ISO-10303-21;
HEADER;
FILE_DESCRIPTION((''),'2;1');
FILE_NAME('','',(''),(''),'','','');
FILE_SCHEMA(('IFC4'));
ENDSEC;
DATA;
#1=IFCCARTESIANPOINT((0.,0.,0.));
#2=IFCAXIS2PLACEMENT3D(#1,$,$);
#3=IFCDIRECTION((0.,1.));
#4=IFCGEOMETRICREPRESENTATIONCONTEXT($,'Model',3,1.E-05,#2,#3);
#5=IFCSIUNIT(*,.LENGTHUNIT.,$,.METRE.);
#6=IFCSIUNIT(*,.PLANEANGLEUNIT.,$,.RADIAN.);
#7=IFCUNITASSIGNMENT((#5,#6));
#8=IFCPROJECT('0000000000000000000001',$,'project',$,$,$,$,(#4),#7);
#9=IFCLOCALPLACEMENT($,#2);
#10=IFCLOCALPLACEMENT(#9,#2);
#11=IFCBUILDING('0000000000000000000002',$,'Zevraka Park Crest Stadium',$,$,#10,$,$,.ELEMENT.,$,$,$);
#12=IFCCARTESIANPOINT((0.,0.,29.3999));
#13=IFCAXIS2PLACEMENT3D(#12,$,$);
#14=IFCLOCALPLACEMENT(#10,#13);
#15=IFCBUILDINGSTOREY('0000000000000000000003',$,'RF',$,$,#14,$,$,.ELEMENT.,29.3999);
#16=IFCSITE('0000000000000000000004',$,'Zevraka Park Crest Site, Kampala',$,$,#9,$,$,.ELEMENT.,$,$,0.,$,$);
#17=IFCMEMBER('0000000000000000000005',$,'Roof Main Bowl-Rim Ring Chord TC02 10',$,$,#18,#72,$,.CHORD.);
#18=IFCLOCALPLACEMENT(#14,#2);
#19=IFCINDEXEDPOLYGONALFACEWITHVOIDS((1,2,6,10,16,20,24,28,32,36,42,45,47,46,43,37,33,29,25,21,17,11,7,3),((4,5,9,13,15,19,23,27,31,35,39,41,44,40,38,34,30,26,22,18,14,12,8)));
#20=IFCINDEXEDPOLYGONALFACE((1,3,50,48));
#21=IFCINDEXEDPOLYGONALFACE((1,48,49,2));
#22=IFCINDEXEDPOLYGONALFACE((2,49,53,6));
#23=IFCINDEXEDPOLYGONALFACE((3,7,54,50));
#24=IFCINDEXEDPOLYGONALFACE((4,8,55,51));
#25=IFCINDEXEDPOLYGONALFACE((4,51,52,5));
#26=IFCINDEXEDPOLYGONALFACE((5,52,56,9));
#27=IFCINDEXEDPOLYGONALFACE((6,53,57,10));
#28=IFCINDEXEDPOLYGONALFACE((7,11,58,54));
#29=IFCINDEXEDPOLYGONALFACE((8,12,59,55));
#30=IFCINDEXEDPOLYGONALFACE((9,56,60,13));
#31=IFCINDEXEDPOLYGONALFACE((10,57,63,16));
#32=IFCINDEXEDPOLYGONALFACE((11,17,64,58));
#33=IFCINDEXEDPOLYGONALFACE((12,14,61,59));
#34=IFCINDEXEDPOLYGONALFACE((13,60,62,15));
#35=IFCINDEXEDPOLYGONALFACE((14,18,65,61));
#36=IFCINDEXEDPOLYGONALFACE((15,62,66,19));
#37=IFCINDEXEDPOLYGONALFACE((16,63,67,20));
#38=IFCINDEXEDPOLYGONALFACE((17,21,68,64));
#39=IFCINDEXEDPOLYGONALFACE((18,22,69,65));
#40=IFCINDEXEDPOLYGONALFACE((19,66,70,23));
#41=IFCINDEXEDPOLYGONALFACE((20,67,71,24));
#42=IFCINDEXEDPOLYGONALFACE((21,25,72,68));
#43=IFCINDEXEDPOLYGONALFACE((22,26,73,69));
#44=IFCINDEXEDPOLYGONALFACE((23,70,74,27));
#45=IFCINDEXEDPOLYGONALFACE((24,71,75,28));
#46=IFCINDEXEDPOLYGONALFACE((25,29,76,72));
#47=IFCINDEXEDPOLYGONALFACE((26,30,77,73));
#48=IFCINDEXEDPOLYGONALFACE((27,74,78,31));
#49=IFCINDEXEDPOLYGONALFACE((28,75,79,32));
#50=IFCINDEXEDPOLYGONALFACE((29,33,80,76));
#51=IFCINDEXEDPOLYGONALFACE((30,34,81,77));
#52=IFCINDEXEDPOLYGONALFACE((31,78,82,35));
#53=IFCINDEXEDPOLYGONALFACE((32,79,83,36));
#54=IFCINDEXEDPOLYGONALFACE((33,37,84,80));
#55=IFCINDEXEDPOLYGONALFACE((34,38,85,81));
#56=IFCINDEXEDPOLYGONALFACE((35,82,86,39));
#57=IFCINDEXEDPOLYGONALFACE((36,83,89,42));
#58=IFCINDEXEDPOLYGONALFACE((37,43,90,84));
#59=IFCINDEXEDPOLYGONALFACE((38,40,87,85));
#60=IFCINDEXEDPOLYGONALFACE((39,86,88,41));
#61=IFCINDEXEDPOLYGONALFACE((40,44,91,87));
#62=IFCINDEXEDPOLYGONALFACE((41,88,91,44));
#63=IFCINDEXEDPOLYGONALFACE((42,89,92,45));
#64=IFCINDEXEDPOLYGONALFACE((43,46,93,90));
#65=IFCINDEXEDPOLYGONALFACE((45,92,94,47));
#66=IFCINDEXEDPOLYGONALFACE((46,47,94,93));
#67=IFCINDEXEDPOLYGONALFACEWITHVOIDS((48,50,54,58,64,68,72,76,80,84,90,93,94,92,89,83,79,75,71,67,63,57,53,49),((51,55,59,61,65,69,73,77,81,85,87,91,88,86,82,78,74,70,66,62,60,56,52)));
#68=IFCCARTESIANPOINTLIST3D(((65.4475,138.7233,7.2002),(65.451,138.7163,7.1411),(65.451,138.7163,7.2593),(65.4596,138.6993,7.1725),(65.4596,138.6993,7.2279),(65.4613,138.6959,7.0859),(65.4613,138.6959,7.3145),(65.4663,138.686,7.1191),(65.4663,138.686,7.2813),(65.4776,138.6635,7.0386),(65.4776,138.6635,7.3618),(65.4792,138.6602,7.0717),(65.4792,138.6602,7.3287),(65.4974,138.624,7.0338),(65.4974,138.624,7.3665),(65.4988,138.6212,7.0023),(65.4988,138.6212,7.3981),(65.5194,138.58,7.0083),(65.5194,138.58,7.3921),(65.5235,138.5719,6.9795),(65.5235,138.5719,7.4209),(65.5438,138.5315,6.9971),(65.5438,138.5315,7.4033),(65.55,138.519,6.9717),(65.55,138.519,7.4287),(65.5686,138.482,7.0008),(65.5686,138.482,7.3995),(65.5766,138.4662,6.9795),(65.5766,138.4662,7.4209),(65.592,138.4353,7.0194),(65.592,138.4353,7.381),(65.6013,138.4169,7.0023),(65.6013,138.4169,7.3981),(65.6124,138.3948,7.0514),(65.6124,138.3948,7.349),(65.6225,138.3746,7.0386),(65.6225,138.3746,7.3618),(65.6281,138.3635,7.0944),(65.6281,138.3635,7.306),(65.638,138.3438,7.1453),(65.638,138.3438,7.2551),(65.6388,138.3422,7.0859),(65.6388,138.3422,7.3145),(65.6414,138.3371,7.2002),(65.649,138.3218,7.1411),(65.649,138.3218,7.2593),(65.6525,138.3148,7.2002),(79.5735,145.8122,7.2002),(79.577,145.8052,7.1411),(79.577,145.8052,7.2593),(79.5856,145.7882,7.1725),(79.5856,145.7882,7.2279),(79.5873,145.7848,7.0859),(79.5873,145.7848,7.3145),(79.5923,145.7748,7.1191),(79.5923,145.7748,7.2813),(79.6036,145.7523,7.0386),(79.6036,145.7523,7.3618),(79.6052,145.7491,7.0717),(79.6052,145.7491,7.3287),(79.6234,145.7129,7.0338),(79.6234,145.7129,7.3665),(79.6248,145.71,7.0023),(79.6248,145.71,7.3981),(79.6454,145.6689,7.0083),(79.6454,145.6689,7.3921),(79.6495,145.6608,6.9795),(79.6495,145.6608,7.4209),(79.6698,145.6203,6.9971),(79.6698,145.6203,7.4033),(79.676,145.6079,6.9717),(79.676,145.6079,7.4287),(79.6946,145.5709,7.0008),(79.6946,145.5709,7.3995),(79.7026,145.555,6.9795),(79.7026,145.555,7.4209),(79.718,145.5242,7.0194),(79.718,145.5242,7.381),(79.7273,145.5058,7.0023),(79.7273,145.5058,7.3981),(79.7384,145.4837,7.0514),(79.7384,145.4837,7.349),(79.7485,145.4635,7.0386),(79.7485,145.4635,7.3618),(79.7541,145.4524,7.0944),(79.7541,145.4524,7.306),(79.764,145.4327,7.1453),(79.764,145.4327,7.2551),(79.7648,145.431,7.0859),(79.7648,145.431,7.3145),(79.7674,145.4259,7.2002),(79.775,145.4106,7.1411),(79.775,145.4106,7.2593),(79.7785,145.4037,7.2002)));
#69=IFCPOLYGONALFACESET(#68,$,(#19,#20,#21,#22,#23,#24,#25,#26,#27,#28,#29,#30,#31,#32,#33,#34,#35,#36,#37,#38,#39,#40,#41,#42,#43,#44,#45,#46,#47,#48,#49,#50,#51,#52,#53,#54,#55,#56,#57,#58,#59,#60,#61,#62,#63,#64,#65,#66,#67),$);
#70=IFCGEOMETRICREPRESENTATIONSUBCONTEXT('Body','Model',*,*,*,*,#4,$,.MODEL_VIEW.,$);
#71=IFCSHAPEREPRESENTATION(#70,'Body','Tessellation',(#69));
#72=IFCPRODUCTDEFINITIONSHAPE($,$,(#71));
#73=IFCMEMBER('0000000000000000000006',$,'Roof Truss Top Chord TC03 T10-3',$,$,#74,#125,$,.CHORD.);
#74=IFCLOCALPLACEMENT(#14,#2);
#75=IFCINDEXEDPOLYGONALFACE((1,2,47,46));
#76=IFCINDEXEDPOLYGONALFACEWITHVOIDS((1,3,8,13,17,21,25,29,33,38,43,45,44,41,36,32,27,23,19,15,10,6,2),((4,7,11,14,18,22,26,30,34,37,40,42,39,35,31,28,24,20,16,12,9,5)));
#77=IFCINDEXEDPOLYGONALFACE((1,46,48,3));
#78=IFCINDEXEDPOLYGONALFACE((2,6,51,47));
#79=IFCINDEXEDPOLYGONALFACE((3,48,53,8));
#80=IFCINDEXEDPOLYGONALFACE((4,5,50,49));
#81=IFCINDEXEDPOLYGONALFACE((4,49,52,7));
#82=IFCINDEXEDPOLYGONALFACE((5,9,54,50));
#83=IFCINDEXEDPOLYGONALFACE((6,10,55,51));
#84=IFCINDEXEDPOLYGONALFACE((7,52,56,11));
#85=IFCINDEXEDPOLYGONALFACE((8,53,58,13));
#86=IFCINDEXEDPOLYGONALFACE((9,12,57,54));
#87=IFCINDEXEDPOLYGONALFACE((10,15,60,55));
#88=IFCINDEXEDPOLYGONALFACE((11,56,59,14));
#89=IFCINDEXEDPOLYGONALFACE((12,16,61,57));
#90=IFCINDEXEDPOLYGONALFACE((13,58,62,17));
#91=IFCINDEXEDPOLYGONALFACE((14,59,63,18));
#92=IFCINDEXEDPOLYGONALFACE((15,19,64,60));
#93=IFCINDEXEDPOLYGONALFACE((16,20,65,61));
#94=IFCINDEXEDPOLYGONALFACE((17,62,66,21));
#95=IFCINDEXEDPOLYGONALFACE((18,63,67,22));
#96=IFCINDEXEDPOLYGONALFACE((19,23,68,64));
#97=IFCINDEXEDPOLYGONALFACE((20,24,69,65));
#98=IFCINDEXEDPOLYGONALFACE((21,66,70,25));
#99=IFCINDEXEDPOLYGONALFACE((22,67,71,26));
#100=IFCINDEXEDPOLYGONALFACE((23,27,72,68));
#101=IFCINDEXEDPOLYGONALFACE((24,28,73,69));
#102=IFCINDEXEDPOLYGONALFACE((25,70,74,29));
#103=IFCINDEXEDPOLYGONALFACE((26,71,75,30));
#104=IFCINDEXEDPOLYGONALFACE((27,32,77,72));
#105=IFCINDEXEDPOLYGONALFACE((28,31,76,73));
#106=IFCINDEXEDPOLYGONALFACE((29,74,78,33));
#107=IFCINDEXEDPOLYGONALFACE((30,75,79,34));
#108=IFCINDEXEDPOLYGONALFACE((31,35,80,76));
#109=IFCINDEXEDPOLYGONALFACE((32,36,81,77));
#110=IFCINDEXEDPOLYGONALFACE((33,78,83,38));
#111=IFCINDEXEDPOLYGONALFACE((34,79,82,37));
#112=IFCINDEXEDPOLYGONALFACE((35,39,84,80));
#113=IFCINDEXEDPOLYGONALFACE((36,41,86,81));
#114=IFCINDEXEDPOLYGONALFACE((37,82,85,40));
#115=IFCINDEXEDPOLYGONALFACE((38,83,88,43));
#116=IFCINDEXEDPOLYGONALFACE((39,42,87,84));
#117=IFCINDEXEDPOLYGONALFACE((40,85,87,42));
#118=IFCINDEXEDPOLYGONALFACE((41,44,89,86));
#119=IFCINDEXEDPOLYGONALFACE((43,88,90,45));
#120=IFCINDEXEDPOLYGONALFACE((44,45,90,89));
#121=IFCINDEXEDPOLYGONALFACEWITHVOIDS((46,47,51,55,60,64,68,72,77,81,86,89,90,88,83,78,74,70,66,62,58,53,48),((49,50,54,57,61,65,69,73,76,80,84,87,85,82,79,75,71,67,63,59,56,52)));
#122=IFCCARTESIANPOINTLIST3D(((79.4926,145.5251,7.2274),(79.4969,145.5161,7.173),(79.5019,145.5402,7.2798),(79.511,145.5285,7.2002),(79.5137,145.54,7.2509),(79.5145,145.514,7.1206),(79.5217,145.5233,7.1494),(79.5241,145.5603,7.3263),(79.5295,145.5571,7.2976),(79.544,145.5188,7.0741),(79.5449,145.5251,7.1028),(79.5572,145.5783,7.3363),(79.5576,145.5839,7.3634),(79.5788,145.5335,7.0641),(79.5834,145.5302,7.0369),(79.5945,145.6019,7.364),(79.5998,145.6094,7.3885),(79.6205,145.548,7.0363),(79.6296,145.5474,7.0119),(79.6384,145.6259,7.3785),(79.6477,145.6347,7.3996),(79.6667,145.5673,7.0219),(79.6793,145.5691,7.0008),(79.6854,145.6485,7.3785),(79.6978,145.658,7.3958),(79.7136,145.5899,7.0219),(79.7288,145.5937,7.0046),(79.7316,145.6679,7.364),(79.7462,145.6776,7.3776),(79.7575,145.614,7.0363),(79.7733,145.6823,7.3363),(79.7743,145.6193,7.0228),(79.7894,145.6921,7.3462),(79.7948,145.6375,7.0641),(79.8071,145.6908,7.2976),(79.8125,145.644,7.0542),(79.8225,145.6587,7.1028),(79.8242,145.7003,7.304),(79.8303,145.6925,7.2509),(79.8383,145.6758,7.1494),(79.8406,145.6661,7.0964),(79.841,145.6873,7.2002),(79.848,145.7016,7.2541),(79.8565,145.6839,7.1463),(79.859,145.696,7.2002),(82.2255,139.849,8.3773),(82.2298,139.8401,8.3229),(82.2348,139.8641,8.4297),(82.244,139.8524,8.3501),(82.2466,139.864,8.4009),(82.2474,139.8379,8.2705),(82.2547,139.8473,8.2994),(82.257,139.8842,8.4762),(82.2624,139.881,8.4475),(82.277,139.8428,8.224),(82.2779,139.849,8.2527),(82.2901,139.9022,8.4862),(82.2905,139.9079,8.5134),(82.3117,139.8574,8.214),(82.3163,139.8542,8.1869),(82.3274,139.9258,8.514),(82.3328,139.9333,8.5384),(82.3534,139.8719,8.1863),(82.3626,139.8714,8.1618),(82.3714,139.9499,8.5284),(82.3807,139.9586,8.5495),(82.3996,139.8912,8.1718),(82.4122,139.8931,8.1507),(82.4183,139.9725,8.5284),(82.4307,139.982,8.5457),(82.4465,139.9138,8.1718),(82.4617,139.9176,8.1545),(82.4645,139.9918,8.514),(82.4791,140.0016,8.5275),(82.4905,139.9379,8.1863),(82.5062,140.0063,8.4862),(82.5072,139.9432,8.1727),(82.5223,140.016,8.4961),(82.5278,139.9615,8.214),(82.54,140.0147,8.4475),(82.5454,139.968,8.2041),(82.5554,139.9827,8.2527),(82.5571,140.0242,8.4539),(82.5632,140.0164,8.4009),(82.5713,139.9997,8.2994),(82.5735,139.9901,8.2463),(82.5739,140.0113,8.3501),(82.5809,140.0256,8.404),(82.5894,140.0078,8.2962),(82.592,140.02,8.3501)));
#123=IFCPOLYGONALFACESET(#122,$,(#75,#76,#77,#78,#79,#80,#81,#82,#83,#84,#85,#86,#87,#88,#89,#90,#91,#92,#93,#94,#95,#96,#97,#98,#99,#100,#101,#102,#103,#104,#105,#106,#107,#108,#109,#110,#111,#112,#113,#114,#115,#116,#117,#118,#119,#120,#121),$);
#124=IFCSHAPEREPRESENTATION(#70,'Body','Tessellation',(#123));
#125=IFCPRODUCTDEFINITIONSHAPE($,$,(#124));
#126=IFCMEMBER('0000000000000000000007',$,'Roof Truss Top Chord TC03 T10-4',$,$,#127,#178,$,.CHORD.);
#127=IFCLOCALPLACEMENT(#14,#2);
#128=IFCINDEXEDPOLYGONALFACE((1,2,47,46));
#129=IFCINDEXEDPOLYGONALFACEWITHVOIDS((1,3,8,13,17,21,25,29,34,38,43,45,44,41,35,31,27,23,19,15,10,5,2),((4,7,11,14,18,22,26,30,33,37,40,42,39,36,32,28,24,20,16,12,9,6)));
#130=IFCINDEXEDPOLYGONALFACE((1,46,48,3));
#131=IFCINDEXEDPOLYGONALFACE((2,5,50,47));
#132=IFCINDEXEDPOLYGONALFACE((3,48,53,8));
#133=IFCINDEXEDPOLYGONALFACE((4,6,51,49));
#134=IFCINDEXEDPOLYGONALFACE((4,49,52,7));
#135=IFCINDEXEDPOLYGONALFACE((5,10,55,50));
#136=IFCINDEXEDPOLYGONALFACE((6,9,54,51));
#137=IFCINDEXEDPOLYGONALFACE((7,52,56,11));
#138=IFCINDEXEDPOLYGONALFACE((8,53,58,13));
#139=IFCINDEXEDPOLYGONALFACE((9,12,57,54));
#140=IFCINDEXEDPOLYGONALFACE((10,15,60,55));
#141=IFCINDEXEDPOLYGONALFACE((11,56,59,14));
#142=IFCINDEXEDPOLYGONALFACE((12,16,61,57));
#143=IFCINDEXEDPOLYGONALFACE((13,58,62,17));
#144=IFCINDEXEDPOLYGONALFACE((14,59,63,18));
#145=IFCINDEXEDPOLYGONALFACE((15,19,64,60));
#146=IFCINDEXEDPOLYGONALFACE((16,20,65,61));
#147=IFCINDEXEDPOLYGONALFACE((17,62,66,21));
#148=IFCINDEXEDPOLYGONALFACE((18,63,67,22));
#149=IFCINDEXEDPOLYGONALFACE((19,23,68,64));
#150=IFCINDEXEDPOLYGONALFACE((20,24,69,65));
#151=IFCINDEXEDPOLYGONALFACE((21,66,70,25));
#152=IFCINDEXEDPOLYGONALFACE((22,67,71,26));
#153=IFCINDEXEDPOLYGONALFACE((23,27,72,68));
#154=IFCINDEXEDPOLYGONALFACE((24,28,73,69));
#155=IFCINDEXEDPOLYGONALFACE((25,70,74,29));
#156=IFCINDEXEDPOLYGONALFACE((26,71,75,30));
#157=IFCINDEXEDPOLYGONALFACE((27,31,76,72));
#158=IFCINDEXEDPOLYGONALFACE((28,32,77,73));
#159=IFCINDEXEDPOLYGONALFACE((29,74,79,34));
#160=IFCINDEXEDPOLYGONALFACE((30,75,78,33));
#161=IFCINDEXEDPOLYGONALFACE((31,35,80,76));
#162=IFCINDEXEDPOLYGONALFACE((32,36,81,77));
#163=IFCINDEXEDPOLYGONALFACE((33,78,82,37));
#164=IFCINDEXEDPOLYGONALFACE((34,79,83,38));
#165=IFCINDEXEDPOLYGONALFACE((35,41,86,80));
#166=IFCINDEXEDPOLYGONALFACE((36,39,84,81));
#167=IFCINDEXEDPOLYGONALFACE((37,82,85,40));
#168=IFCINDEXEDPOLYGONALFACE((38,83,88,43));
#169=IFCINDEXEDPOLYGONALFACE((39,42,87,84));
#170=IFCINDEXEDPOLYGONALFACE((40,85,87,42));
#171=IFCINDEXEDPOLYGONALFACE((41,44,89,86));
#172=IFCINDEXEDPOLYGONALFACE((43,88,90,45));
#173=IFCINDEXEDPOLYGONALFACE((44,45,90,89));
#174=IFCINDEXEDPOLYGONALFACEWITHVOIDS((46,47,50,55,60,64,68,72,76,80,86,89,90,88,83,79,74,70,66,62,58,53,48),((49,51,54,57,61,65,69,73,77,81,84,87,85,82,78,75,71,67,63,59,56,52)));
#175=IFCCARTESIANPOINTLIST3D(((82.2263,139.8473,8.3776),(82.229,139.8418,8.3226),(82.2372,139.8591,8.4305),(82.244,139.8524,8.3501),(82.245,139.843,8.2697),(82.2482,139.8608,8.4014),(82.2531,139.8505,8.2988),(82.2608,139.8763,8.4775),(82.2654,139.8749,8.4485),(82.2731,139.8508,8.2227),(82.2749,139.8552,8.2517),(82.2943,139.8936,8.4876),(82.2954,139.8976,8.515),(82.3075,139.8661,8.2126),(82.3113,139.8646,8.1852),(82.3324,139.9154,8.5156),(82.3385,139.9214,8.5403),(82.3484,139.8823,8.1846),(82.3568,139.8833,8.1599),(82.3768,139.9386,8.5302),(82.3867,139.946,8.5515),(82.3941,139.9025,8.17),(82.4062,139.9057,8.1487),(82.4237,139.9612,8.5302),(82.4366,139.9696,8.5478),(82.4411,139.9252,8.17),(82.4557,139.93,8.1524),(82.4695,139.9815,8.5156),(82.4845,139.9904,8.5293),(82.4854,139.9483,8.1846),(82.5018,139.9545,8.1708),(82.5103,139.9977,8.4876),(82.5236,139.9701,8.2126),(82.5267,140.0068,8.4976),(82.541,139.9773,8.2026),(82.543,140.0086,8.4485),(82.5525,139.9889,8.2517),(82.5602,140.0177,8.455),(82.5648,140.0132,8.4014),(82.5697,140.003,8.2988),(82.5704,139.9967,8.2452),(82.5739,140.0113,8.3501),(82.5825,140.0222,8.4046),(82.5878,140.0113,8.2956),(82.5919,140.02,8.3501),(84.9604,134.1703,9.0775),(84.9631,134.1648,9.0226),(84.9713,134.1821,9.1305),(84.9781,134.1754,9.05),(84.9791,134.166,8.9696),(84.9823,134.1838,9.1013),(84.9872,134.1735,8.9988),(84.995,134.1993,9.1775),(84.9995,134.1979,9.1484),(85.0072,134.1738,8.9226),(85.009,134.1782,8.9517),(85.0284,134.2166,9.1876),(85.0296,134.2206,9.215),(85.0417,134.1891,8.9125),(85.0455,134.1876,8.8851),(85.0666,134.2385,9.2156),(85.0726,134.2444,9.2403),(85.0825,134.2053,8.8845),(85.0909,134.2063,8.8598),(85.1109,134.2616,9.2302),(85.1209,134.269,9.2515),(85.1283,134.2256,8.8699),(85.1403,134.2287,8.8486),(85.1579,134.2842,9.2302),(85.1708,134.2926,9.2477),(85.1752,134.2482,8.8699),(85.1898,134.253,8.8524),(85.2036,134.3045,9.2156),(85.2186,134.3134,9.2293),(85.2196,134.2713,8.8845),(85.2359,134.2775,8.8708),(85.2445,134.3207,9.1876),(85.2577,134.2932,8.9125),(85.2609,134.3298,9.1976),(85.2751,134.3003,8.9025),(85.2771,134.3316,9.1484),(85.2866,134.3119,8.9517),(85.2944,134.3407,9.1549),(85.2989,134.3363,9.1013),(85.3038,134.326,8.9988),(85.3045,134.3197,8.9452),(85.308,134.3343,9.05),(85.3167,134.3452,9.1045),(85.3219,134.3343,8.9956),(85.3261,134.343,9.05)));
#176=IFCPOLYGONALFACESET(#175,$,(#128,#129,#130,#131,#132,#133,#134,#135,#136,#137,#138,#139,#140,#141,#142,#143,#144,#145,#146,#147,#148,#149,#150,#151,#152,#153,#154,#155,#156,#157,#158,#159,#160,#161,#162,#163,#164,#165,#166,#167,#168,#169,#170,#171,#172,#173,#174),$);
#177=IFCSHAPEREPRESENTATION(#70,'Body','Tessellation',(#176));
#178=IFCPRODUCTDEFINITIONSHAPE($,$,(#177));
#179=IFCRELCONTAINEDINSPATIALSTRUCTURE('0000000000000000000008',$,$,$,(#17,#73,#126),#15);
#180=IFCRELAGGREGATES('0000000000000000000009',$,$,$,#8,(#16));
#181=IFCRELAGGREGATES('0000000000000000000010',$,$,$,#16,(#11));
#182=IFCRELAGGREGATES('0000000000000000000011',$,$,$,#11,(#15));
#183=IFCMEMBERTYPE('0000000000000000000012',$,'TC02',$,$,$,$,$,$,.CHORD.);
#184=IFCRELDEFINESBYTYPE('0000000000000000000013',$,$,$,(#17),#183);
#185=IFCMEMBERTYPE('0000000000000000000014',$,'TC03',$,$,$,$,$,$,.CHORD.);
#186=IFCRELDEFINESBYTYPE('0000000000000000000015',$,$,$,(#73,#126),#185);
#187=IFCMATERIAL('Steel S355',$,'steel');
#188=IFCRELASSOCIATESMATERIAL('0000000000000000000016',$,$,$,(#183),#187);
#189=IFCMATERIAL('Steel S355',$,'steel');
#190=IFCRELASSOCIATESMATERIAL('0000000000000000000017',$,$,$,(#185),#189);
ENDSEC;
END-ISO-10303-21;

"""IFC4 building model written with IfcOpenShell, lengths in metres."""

from ifc_helpers import new_model, si_unit, direction, frame, origin, origin_2d, place, context, subcontext, project, spatial, hollow_circle, extrude, material, material_profile, profile_set, type_object, element, save


model = new_model("IFC4")

# Units and contexts
model_context = context("Model", 3, precision=1e-05, world=origin(), true_north=direction((0.0, 1.0)))
body_context = subcontext(model_context, "Body", "Model", "MODEL_VIEW")
ifc_project = project(units=[si_unit("LENGTHUNIT", "METRE"), si_unit("PLANEANGLEUNIT", "RADIAN")], contexts=[model_context])

# Site, building, storey
site_placement = place(None, origin())
site = spatial("IfcSite", under=ifc_project, at=site_placement, Name="Zevraka Park Crest Site, Kampala", CompositionType="ELEMENT", RefElevation=0.0)
building_placement = place(site_placement, origin())
building = spatial("IfcBuilding", under=site, at=building_placement, Name="Zevraka Park Crest Stadium", CompositionType="ELEMENT")
storey_placement = place(building_placement, frame((0.0, 0.0, 29.3999)))
storey = spatial("IfcBuildingStorey", under=building, at=storey_placement, Name="RF", CompositionType="ELEMENT", Elevation=29.3999)

# Members
ifc_material_1 = material(Name="Steel S355", Category="steel")
ifc_material_profile_1 = material_profile(ifc_material_1, hollow_circle(Radius=0.2285, WallThickness=0.0249, at=origin_2d()), Name="CHS 457.0x25")
ifc_profile_set_1 = profile_set([ifc_material_profile_1], Name="Steel S355")
member_type_1 = type_object("IfcMemberType", Name="TC02", PredefinedType="CHORD", material=ifc_profile_set_1)
member_1_placement = place(storey_placement, frame((79.676, 145.6079, 7.2002), z_axis=(-0.893771, -0.448523, 0.0), x_axis=(0.448523, -0.893771, 0.0)))
element("IfcMember", 1, at=member_1_placement, inside=storey, type_object=member_type_1, Name="Roof Main Bowl-Rim Ring Chord TC02 10", PredefinedType="CHORD", context=body_context, shape_type="SweptSolid", body=[
    extrude(hollow_circle(Radius=0.2285, WallThickness=0.0249, at=origin_2d()), origin(), (0.0, 0.0, 1.0), 15.8049),
])
ifc_material_2 = material(Name="Steel S355", Category="steel")
ifc_material_profile_2 = material_profile(ifc_material_2, hollow_circle(Radius=0.2031, WallThickness=0.02, at=origin_2d()), Name="CHS 406.4x20")
ifc_profile_set_2 = profile_set([ifc_material_profile_2], Name="Steel S355")
member_type_2 = type_object("IfcMemberType", Name="TC03", PredefinedType="CHORD", material=ifc_profile_set_2)
member_2_placement = place(storey_placement, frame((79.676, 145.6079, 7.2002), z_axis=(0.426765, -0.886356, 0.179566), x_axis=(0.901001, 0.433817, 0.0)))
element("IfcMember", 2, at=member_2_placement, inside=storey, type_object=member_type_2, Name="Roof Truss Top Chord TC03 T10-3", PredefinedType="CHORD", context=body_context, shape_type="SweptSolid", body=[
    extrude(hollow_circle(Radius=0.2031, WallThickness=0.02, at=origin_2d()), origin(), (0.0, 0.0, 1.0), 6.4038),
])
member_3_placement = place(storey_placement, frame((82.4089, 139.9319, 8.3501), z_axis=(0.431261, -0.895447, 0.110405), x_axis=(0.900955, 0.433913, 0.0)))
element("IfcMember", 3, at=member_3_placement, inside=storey, type_object=member_type_2, Name="Roof Truss Top Chord TC03 T10-4", PredefinedType="CHORD", context=body_context, shape_type="SweptSolid", body=[
    extrude(hollow_circle(Radius=0.2031, WallThickness=0.02, at=origin_2d()), origin(), (0.0, 0.0, 1.0), 6.3398),
])

save(model, "model.ifc")
